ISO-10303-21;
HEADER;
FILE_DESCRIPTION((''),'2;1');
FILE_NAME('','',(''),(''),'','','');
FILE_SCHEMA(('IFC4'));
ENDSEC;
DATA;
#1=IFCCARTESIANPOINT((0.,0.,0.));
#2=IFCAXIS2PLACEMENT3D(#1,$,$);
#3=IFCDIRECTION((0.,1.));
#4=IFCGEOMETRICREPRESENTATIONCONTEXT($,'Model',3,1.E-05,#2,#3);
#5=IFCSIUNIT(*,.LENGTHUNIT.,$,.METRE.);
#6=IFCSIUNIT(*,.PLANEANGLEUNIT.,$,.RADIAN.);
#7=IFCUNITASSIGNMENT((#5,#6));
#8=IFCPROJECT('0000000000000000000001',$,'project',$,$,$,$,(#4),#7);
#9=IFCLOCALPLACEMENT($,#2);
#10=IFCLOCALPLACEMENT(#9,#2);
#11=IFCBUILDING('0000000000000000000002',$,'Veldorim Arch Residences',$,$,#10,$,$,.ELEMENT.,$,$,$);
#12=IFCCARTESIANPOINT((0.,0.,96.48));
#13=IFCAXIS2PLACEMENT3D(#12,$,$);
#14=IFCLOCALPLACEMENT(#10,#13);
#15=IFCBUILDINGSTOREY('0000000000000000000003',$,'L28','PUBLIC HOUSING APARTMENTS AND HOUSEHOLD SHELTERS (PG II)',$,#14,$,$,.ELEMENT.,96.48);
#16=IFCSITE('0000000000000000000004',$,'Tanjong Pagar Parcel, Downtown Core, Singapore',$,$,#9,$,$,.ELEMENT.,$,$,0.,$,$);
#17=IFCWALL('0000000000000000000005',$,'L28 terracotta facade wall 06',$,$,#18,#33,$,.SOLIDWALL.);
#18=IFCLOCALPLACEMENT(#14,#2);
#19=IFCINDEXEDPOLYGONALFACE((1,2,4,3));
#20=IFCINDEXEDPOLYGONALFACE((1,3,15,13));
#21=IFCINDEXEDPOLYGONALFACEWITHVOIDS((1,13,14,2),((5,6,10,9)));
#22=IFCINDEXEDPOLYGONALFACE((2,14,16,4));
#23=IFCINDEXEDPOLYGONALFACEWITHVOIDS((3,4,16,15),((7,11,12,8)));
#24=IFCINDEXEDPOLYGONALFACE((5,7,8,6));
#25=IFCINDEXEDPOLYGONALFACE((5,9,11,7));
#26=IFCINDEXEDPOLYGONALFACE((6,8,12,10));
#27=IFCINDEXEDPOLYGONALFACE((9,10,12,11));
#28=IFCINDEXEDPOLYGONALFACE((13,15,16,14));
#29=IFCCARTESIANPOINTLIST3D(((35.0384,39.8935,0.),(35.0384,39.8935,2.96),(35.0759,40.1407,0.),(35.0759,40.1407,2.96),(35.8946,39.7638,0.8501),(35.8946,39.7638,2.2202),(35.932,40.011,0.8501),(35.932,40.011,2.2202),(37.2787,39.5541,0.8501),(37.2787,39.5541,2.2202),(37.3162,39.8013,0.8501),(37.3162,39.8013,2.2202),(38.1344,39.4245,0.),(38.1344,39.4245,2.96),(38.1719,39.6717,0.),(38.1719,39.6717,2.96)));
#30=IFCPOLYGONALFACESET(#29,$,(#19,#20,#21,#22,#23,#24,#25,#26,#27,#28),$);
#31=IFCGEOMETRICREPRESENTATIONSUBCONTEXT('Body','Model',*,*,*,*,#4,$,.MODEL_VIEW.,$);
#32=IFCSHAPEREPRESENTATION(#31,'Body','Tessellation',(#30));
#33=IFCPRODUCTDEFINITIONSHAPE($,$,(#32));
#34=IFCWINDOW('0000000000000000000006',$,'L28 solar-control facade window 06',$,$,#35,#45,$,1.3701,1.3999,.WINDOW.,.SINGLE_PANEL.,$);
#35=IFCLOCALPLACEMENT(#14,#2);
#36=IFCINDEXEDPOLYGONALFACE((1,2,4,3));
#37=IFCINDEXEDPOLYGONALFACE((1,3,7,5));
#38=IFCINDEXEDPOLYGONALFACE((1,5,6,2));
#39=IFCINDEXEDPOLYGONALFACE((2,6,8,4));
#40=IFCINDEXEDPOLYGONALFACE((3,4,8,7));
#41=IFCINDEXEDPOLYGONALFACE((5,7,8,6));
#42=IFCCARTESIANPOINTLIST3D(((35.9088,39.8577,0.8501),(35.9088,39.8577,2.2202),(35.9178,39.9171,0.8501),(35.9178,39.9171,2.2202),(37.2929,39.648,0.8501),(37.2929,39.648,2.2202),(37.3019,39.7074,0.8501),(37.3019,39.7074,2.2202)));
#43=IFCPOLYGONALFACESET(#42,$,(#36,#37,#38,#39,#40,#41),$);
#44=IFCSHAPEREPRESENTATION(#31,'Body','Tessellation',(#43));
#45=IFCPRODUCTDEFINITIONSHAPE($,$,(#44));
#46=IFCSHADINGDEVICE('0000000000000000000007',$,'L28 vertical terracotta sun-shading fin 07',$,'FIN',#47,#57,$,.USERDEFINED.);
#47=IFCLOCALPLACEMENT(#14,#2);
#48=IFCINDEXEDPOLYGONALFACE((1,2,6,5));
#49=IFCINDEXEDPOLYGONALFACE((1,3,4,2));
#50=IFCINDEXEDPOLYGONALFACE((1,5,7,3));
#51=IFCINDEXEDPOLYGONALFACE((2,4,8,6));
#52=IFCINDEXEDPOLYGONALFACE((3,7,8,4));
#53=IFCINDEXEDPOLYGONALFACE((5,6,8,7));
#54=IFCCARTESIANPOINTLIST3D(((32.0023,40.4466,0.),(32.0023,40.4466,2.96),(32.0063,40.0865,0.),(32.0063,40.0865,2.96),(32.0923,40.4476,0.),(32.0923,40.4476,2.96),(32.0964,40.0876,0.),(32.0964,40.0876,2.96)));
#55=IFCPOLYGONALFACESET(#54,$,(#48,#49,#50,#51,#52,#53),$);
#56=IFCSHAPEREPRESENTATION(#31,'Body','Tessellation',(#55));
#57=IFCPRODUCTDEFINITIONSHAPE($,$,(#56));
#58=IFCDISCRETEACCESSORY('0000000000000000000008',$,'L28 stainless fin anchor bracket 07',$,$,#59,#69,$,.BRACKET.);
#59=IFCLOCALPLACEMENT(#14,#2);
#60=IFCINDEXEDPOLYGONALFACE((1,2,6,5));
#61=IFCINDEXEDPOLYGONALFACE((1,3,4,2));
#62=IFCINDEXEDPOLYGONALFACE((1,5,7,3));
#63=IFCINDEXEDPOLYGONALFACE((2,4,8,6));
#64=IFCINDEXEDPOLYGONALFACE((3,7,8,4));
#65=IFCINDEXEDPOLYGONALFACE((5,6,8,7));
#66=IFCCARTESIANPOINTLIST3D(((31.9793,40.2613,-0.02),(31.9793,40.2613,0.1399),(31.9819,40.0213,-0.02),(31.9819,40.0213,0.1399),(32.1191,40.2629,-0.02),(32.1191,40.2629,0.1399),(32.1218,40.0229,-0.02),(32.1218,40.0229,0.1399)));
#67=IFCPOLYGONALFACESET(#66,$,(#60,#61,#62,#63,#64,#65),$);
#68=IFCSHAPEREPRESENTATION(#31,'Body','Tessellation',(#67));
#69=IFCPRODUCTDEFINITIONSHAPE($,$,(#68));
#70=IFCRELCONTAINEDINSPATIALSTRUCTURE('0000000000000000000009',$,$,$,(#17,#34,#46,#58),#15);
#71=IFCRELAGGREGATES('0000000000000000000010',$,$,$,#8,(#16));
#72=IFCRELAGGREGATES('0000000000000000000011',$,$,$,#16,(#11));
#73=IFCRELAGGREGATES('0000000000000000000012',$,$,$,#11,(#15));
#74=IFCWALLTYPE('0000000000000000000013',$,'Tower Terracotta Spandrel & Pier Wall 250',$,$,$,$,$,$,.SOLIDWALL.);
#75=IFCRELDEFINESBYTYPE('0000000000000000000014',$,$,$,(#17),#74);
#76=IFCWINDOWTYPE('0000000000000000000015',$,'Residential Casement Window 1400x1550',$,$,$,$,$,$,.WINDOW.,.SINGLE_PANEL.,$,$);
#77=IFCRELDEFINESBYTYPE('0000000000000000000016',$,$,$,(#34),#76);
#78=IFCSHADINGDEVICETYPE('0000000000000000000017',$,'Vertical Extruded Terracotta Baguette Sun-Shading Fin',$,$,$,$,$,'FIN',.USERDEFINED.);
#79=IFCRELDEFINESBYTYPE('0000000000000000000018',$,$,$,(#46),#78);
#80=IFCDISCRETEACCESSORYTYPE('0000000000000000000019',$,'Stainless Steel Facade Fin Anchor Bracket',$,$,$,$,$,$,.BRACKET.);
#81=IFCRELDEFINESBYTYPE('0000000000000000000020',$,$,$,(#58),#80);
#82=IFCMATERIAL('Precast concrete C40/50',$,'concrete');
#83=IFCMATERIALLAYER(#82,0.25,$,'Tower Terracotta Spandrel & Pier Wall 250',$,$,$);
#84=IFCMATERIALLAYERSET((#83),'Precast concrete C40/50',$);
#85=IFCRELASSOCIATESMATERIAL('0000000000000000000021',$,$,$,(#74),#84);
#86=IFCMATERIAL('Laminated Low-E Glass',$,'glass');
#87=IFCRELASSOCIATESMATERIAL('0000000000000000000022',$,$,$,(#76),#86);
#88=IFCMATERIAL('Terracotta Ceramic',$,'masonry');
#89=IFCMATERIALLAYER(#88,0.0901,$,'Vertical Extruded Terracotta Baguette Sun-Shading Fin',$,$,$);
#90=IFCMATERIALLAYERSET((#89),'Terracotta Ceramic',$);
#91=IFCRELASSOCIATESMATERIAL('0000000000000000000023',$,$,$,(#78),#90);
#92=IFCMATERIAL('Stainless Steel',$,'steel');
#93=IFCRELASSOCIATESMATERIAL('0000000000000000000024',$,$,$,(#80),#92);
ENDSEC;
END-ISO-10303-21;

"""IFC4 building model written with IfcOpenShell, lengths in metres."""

from ifc_helpers import new_model, si_unit, direction, frame, frame_2d, origin, origin_2d, place, context, subcontext, project, spatial, rectangle, extrude, material, layer, layer_set, type_object, element, fill, save


model = new_model("IFC4")

# Units and contexts
model_context = context("Model", 3, precision=1e-05, world=origin(), true_north=direction((0.0, 1.0)))
body_context = subcontext(model_context, "Body", "Model", "MODEL_VIEW")
ifc_project = project(units=[si_unit("LENGTHUNIT", "METRE"), si_unit("PLANEANGLEUNIT", "RADIAN")], contexts=[model_context])

# Site, building, storey
site_placement = place(None, origin())
site = spatial("IfcSite", under=ifc_project, at=site_placement, Name="Tanjong Pagar Parcel, Downtown Core, Singapore", CompositionType="ELEMENT", RefElevation=0.0)
building_placement = place(site_placement, origin())
building = spatial("IfcBuilding", under=site, at=building_placement, Name="Veldorim Arch Residences", CompositionType="ELEMENT")
storey_placement = place(building_placement, frame((0.0, 0.0, 96.48)))
storey = spatial("IfcBuildingStorey", under=building, at=storey_placement, Name="L28", Description="PUBLIC HOUSING APARTMENTS AND HOUSEHOLD SHELTERS (PG II)", CompositionType="ELEMENT", Elevation=96.48)

# Shared definitions
ifc_material_1 = material(Name="Precast concrete C40/50", Category="concrete")
ifc_layer_1 = layer(ifc_material_1, 0.25, Name="Tower Terracotta Spandrel & Pier Wall 250")
ifc_layer_set_1 = layer_set([ifc_layer_1], Name="Precast concrete C40/50")
wall_type_1 = type_object("IfcWallType", Name="Tower Terracotta Spandrel & Pier Wall 250", PredefinedType="SOLIDWALL", material=ifc_layer_set_1)

# Wall, opening, window
wall_1_placement = place(storey_placement, frame((35.0571, 40.0171, 0.0), z_axis=(0.0, 0.0, 1.0), x_axis=(0.98872, -0.149778, 0.0)))
wall_1 = element("IfcWall", 1, at=wall_1_placement, inside=storey, type_object=wall_type_1, Name="L28 terracotta facade wall 06", PredefinedType="SOLIDWALL", context=body_context, shape_type="SweptSolid", body=[
    extrude(rectangle(XDim=3.1313, YDim=0.25, at=frame_2d((1.5657, 0.0))), origin(), (0.0, 0.0, 1.0), 2.96),
])
opening_1_placement = place(wall_1_placement, frame((0.866, 0.0, 0.8501)))
opening_1 = element("IfcOpeningElement", 2, at=opening_1_placement, cuts=wall_1, PredefinedType="OPENING", context=body_context, shape_type="SweptSolid", body=[
    extrude(rectangle(XDim=1.3999, YDim=1.3701, at=frame_2d((0.7, 0.6851))), frame((0.0, 0.135, 0.0), z_axis=(0.0, -1.0, 0.0), x_axis=(1.0, 0.0, 0.0)), (0.0, 0.0, 1.0), 0.27),
])
ifc_material_2 = material(Name="Laminated Low-E Glass", Category="glass")
window_type = type_object("IfcWindowType", Name="Residential Casement Window 1400x1550", PartitioningType="SINGLE_PANEL", PredefinedType="WINDOW", material=ifc_material_2)
window_placement = place(opening_1_placement, origin())
window = element("IfcWindow", 3, at=window_placement, inside=storey, type_object=window_type, Name="L28 solar-control facade window 06", OverallHeight=1.3701, OverallWidth=1.3999, PartitioningType="SINGLE_PANEL", PredefinedType="WINDOW", context=body_context, shape_type="SweptSolid", body=[
    extrude(rectangle(XDim=1.3999, YDim=1.3701, at=frame_2d((0.7, 0.6851))), frame((0.0, 0.03, 0.0), z_axis=(0.0, -1.0, 0.0), x_axis=(1.0, 0.0, 0.0)), (0.0, 0.0, 1.0), 0.0601),
])
fill(opening_1, window)

# Shading device
ifc_material_3 = material(Name="Terracotta Ceramic", Category="masonry")
ifc_layer_2 = layer(ifc_material_3, 0.0901, Name="Vertical Extruded Terracotta Baguette Sun-Shading Fin")
ifc_layer_set_2 = layer_set([ifc_layer_2], Name="Terracotta Ceramic")
shading_device_type = type_object("IfcShadingDeviceType", Name="Vertical Extruded Terracotta Baguette Sun-Shading Fin", ElementType="FIN", PredefinedType="USERDEFINED", material=ifc_layer_set_2)
shading_device_placement = place(storey_placement, frame((32.0493, 40.2671, 0.0), z_axis=(0.0, 0.0, 1.0), x_axis=(0.999938, 0.01117, 0.0)))
element("IfcShadingDevice", 4, at=shading_device_placement, inside=storey, type_object=shading_device_type, Name="L28 vertical terracotta sun-shading fin 07", ObjectType="FIN", PredefinedType="USERDEFINED", context=body_context, shape_type="SweptSolid", body=[
    extrude(rectangle(XDim=0.0901, YDim=0.3601, at=origin_2d()), origin(), (0.0, 0.0, 1.0), 2.96),
])

# Discrete accessory
ifc_material_4 = material(Name="Stainless Steel", Category="steel")
discrete_accessory_type = type_object("IfcDiscreteAccessoryType", Name="Stainless Steel Facade Fin Anchor Bracket", PredefinedType="BRACKET", material=ifc_material_4)
discrete_accessory_placement = place(storey_placement, frame((32.0505, 40.1421, -0.02), z_axis=(0.0, 0.0, 1.0), x_axis=(0.999938, 0.01117, 0.0)))
element("IfcDiscreteAccessory", 5, at=discrete_accessory_placement, inside=storey, type_object=discrete_accessory_type, Name="L28 stainless fin anchor bracket 07", PredefinedType="BRACKET", context=body_context, shape_type="SweptSolid", body=[
    extrude(rectangle(XDim=0.1399, YDim=0.24, at=origin_2d()), origin(), (0.0, 0.0, 1.0), 0.1599),
])

save(model, "model.ifc")
